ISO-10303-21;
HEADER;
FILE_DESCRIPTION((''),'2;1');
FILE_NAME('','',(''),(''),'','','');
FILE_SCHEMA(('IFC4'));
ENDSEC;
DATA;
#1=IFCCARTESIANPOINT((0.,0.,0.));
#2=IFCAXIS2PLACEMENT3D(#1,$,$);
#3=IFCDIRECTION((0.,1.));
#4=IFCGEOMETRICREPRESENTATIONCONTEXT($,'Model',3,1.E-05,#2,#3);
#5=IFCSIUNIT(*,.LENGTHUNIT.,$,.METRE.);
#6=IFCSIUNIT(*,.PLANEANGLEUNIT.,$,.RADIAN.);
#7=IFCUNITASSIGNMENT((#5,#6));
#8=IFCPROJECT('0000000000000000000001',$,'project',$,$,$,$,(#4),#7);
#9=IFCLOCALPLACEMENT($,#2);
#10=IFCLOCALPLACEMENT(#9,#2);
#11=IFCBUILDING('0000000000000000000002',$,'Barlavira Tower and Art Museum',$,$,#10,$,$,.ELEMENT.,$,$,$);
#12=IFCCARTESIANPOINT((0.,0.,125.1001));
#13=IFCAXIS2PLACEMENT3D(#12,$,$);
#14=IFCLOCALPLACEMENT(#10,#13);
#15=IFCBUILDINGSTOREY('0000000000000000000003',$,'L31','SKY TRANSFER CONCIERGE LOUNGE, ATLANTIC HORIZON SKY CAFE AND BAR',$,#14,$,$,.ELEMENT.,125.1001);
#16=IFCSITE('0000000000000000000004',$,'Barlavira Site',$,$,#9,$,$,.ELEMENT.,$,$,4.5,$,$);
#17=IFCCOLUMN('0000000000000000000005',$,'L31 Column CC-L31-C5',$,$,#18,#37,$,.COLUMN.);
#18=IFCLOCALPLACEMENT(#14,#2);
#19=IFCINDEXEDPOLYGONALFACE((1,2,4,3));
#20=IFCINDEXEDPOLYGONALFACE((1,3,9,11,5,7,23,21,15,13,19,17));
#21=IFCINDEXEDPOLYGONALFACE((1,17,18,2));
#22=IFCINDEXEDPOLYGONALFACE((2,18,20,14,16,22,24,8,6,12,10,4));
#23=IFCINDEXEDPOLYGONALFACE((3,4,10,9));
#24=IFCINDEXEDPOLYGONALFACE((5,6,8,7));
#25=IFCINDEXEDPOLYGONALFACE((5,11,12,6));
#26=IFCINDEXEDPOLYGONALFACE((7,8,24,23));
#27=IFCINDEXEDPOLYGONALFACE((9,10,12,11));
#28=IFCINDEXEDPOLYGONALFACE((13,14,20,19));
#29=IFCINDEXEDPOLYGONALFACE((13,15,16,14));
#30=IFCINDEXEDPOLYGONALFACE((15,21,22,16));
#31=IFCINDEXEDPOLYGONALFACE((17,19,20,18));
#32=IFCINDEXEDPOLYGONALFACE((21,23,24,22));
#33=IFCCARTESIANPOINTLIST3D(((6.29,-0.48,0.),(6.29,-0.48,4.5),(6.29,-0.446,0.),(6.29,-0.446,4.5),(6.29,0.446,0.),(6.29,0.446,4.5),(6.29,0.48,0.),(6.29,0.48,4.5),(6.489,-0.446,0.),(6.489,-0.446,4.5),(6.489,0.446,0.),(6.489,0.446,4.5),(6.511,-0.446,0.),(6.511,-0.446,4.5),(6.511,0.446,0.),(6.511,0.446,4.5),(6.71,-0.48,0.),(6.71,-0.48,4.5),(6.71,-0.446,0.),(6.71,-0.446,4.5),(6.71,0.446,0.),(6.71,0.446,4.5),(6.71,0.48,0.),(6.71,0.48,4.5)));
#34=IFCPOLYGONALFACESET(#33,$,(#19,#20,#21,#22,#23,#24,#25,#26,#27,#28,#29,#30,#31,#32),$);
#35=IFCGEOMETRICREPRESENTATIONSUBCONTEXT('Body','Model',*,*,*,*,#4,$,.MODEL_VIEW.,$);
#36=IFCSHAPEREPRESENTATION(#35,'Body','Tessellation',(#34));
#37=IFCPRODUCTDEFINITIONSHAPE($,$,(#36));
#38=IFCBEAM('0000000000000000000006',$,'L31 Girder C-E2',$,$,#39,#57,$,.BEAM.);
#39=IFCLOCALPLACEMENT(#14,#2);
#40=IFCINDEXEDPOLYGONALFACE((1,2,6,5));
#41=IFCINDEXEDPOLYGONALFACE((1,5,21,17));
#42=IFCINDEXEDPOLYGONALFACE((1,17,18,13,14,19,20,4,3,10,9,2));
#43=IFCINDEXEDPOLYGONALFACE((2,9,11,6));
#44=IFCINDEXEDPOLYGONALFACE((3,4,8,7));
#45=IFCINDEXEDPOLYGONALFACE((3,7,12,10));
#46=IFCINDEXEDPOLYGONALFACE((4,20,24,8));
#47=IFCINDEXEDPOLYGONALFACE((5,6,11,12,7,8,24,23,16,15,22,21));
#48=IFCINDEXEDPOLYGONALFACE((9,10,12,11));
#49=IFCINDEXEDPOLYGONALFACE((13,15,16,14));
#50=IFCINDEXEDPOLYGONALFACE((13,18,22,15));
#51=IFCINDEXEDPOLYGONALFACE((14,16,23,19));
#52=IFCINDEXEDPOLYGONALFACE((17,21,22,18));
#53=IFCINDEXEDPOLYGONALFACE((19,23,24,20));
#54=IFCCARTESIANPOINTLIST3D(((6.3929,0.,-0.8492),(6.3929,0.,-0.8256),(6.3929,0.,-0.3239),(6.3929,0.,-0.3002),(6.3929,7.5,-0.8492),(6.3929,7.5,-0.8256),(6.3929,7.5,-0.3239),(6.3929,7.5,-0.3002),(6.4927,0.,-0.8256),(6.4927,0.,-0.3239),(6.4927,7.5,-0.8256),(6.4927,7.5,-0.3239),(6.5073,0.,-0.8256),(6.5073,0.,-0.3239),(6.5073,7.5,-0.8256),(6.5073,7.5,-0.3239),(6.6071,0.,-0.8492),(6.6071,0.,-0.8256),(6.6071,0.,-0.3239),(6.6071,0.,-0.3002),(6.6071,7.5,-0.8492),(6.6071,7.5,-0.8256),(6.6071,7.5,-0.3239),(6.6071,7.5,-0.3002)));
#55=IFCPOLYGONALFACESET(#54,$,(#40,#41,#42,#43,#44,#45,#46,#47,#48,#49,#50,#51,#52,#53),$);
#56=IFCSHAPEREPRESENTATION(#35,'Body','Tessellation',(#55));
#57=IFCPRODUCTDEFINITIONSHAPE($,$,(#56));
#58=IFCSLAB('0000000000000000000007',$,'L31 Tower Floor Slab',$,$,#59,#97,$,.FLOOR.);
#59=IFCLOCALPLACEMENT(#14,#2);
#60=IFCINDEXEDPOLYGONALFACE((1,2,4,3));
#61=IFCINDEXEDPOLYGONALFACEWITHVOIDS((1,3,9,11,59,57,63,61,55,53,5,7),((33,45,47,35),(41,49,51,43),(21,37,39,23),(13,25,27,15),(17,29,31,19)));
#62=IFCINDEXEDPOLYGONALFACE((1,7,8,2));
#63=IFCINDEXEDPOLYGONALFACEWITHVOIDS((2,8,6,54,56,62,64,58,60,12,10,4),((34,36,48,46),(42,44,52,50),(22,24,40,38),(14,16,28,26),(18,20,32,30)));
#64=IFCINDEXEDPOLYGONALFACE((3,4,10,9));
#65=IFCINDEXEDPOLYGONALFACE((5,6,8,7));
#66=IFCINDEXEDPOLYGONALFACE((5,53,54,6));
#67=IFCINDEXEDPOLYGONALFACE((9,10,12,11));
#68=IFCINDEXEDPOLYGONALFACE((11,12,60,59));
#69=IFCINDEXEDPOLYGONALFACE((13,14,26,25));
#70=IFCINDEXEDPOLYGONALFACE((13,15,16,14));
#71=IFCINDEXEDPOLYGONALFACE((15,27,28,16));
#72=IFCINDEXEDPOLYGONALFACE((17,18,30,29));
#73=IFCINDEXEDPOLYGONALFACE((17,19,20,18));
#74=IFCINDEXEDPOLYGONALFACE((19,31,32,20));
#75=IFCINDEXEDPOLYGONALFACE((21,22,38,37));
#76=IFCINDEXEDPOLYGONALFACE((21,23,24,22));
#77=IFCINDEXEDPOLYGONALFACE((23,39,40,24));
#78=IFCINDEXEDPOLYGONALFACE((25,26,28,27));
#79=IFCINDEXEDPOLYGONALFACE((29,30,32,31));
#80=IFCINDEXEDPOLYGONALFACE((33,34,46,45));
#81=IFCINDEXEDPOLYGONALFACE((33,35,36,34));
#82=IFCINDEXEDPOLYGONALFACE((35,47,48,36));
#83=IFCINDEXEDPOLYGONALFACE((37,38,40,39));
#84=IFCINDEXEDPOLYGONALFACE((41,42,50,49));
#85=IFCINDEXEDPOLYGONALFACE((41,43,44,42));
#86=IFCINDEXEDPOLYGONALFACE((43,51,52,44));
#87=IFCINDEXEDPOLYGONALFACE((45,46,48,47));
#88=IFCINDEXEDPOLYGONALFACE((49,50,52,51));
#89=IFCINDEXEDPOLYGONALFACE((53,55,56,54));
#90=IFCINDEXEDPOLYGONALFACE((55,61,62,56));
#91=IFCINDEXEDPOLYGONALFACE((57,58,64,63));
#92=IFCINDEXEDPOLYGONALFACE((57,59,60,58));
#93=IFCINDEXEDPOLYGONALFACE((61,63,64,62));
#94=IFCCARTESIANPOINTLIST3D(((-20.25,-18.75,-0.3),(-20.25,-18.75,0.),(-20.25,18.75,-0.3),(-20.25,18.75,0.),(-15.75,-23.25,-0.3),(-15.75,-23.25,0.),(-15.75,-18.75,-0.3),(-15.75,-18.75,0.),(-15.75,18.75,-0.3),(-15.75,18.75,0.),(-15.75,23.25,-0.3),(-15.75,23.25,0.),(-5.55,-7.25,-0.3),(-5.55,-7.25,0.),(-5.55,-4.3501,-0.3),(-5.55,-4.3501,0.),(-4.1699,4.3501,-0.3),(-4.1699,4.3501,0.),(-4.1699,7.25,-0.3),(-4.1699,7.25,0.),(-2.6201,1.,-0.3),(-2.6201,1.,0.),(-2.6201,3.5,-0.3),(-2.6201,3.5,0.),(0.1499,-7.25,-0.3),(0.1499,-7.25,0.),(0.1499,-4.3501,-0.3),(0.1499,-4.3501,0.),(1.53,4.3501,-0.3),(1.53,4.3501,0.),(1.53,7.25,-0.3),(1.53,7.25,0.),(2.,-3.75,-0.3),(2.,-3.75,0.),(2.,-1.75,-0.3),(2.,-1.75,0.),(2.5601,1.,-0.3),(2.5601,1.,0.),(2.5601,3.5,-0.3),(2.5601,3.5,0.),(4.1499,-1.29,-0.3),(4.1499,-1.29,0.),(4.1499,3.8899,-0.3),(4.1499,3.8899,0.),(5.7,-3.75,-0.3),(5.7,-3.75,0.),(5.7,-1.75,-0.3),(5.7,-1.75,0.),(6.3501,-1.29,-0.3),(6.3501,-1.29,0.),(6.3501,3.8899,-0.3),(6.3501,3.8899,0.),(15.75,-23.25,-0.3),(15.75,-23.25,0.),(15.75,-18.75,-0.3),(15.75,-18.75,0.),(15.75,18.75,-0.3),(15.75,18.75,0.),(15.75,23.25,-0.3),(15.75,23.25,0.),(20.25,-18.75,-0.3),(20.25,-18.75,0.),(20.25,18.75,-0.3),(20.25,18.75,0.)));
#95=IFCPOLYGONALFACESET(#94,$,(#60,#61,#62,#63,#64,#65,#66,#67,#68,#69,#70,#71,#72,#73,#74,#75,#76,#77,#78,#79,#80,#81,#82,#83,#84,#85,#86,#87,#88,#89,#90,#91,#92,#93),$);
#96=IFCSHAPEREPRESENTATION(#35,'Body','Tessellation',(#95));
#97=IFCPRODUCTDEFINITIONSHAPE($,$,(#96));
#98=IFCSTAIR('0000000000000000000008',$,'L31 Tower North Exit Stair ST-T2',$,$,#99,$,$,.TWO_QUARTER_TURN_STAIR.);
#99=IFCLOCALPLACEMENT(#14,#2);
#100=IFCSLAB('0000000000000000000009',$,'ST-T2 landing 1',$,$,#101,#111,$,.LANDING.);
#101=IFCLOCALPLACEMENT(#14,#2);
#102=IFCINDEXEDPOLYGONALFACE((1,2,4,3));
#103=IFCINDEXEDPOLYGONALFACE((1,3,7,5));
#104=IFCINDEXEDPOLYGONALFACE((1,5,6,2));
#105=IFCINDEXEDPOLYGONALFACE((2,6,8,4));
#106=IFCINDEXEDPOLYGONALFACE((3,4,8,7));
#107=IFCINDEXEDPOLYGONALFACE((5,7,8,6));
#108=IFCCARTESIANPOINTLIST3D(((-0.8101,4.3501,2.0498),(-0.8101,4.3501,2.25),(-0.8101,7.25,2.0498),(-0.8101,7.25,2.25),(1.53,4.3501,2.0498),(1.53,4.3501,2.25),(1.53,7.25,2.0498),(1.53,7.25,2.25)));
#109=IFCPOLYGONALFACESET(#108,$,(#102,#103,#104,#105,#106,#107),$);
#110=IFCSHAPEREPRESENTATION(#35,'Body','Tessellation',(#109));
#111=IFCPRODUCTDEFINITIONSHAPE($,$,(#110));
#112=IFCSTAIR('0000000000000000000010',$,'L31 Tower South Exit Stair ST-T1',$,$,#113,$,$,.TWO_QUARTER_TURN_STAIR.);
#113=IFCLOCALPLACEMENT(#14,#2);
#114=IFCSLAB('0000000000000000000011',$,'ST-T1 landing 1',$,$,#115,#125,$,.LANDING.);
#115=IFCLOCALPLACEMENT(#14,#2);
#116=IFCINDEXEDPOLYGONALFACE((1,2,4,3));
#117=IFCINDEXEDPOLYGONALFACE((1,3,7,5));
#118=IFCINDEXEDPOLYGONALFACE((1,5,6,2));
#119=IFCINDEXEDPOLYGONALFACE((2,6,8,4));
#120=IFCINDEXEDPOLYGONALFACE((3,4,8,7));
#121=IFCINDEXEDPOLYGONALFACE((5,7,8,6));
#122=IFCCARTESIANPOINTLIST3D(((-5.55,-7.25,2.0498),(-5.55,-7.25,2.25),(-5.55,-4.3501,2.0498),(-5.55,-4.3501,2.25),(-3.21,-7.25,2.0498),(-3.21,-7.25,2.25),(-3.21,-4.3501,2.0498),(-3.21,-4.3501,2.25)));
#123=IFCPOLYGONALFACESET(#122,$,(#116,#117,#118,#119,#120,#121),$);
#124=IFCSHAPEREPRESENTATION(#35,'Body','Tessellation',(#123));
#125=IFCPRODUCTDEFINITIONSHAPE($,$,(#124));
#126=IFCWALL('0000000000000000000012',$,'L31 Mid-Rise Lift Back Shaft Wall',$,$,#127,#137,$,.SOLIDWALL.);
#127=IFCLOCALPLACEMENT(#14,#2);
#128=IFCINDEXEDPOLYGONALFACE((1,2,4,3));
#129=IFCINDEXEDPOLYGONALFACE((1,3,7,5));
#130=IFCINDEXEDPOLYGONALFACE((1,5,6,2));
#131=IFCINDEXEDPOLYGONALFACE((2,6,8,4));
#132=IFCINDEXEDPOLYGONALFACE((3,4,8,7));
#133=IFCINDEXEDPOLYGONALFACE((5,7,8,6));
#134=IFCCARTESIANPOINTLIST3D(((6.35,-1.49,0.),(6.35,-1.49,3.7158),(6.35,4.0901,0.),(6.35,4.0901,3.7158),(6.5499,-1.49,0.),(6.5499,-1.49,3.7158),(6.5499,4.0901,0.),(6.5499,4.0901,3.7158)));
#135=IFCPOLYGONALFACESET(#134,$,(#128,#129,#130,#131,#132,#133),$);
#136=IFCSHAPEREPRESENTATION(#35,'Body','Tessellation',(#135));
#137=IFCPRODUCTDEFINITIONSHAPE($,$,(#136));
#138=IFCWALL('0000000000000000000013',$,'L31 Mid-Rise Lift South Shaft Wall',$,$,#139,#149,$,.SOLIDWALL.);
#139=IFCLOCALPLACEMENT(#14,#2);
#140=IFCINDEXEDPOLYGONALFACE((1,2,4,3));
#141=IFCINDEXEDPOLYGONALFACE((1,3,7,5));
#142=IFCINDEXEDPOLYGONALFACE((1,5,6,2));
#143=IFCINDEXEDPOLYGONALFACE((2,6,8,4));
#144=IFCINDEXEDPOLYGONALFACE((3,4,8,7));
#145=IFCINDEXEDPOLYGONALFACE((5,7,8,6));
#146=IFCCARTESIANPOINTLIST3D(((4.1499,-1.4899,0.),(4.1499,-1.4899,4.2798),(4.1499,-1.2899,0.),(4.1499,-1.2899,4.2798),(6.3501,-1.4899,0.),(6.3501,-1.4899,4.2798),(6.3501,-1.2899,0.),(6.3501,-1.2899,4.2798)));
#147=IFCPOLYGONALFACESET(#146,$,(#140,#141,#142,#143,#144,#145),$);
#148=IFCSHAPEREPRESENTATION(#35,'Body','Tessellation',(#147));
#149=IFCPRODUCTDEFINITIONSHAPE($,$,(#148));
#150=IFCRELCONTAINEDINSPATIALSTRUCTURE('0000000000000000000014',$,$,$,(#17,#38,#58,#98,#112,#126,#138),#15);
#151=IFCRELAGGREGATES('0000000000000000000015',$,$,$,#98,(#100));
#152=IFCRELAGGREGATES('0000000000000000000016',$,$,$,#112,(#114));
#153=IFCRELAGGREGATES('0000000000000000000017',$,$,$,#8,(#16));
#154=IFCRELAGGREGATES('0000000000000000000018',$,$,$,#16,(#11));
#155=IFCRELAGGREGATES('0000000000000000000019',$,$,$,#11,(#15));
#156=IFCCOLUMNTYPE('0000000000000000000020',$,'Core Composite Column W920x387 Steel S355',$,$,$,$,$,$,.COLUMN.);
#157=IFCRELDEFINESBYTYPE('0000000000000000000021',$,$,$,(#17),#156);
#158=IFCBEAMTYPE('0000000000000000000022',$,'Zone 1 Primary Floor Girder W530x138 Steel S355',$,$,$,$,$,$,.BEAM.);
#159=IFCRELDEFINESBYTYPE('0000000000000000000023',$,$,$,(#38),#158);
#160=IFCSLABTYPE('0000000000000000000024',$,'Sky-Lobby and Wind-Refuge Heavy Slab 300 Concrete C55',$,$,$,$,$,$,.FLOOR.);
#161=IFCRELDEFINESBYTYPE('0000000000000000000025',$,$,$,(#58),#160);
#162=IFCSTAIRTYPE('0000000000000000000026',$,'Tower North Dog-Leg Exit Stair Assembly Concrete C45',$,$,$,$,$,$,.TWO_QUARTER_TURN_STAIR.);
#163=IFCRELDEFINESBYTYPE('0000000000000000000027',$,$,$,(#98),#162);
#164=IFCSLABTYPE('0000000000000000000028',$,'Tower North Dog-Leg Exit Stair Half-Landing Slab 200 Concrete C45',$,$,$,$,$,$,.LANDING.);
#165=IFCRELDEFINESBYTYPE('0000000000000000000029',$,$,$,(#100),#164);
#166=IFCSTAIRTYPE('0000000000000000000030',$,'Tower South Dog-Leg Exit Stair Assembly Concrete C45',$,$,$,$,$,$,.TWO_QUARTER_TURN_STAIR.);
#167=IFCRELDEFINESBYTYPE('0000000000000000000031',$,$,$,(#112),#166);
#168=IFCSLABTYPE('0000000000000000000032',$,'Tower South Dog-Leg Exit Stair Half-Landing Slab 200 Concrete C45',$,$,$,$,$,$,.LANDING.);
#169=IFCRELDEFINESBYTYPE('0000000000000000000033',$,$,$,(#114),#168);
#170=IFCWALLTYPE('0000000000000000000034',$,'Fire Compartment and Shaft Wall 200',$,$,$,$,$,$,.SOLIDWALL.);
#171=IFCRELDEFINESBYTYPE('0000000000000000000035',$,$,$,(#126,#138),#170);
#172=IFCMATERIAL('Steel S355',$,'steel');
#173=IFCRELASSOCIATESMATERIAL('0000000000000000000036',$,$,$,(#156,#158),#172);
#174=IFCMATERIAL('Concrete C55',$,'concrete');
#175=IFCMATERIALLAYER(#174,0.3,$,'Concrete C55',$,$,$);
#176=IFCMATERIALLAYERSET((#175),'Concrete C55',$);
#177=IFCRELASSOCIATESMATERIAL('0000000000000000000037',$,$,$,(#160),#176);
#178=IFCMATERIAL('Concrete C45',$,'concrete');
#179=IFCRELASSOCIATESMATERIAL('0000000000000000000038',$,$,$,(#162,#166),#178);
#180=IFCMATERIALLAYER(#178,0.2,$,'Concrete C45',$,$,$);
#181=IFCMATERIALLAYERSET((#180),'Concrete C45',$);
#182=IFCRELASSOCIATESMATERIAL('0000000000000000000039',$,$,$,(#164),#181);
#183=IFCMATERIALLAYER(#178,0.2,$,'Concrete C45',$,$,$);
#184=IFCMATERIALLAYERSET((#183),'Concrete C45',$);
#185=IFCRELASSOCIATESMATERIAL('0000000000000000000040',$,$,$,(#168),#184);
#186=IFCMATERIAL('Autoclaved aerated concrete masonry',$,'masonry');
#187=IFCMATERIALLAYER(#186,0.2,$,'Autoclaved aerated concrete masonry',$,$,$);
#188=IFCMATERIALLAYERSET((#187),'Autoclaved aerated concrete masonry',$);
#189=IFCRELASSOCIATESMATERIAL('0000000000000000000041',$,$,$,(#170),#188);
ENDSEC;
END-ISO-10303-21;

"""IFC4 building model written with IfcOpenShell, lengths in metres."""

from ifc_helpers import new_model, si_unit, direction, frame, frame_2d, origin, origin_2d, place, context, subcontext, project, spatial, polyline, rectangle, i_section, outline, extrude, material, layer, layer_set, material_profile, profile_set, type_object, element, aggregate, save


model = new_model("IFC4")

# Units and contexts
model_context = context("Model", 3, precision=1e-05, world=origin(), true_north=direction((0.0, 1.0)))
body_context = subcontext(model_context, "Body", "Model", "MODEL_VIEW")
ifc_project = project(units=[si_unit("LENGTHUNIT", "METRE"), si_unit("PLANEANGLEUNIT", "RADIAN")], contexts=[model_context])

# Site, building, storey
site_placement = place(None, origin())
site = spatial("IfcSite", under=ifc_project, at=site_placement, Name="Barlavira Site", CompositionType="ELEMENT", RefElevation=4.5)
building_placement = place(site_placement, origin())
building = spatial("IfcBuilding", under=site, at=building_placement, Name="Barlavira Tower and Art Museum", CompositionType="ELEMENT")
storey_placement = place(building_placement, frame((0.0, 0.0, 125.1001)))
storey = spatial("IfcBuildingStorey", under=building, at=storey_placement, Name="L31", Description="SKY TRANSFER CONCIERGE LOUNGE, ATLANTIC HORIZON SKY CAFE AND BAR", CompositionType="ELEMENT", Elevation=125.1001)

# Column
ifc_material_1 = material(Name="Steel S355", Category="steel")
ifc_material_profile_1 = material_profile(ifc_material_1, i_section(OverallWidth=0.4199, OverallDepth=0.96, WebThickness=0.022, FlangeThickness=0.0339, at=origin_2d()), Name="W920x387.0")
ifc_profile_set_1 = profile_set([ifc_material_profile_1], Name="Steel S355")
column_type = type_object("IfcColumnType", Name="Core Composite Column W920x387 Steel S355", PredefinedType="COLUMN", material=ifc_profile_set_1)
column_placement = place(storey_placement, frame((6.5, 0.0, 0.0), z_axis=(0.0, 0.0, 1.0), x_axis=(1.0, 0.0, 0.0)))
element("IfcColumn", 1, at=column_placement, inside=storey, type_object=column_type, Name="L31 Column CC-L31-C5", PredefinedType="COLUMN", context=body_context, shape_type="SweptSolid", body=[
    extrude(i_section(OverallWidth=0.4199, OverallDepth=0.96, WebThickness=0.022, FlangeThickness=0.0339, at=origin_2d()), origin(), (0.0, 0.0, 1.0), 4.5),
])

# Beam
ifc_material_profile_2 = material_profile(ifc_material_1, i_section(OverallWidth=0.2141, OverallDepth=0.5491, WebThickness=0.0146, FlangeThickness=0.0237, at=origin_2d()), Name="W530x138.0")
ifc_profile_set_2 = profile_set([ifc_material_profile_2], Name="Steel S355")
beam_type = type_object("IfcBeamType", Name="Zone 1 Primary Floor Girder W530x138 Steel S355", PredefinedType="BEAM", material=ifc_profile_set_2)
beam_placement = place(storey_placement, frame((6.5, 0.0, -0.5747), z_axis=(0.0, 1.0, 0.0), x_axis=(-1.0, 0.0, 0.0)))
element("IfcBeam", 2, at=beam_placement, inside=storey, type_object=beam_type, Name="L31 Girder C-E2", PredefinedType="BEAM", context=body_context, shape_type="SweptSolid", body=[
    extrude(i_section(OverallWidth=0.2141, OverallDepth=0.5491, WebThickness=0.0146, FlangeThickness=0.0237, at=origin_2d()), origin(), (0.0, 0.0, 1.0), 7.5),
])

# Slab
ifc_material_2 = material(Name="Concrete C55", Category="concrete")
ifc_layer_1 = layer(ifc_material_2, 0.3, Name="Concrete C55")
ifc_layer_set_1 = layer_set([ifc_layer_1], Name="Concrete C55")
slab_type_1 = type_object("IfcSlabType", Name="Sky-Lobby and Wind-Refuge Heavy Slab 300 Concrete C55", PredefinedType="FLOOR", material=ifc_layer_set_1)
slab_1_placement = place(storey_placement, frame((0.0, 0.0, -0.3)))
element("IfcSlab", 3, at=slab_1_placement, inside=storey, type_object=slab_type_1, Name="L31 Tower Floor Slab", PredefinedType="FLOOR", context=body_context, shape_type="SweptSolid", body=[
    extrude(outline(polyline([(-15.75, -23.25), (15.75, -23.25), (15.75, -18.75), (20.25, -18.75), (20.25, 18.75), (15.75, 18.75), (15.75, 23.25), (-15.75, 23.25), (-15.75, 18.75), (-20.25, 18.75), (-20.25, -18.75), (-15.75, -18.75), (-15.75, -23.25)]), holes=[polyline([(0.1499, -4.3501), (-5.55, -4.3501), (-5.55, -7.25), (0.1499, -7.25), (0.1499, -4.3501)]), polyline([(-4.1699, 4.3501), (1.53, 4.3501), (1.53, 7.25), (-4.1699, 7.25), (-4.1699, 4.3501)]), polyline([(4.1499, -1.29), (6.3501, -1.29), (6.3501, 3.8899), (4.1499, 3.8899), (4.1499, -1.29)]), polyline([(-2.6201, 1.0), (2.5601, 1.0), (2.5601, 3.5), (-2.6201, 3.5), (-2.6201, 1.0)]), polyline([(2.0, -3.75), (5.7, -3.75), (5.7, -1.75), (2.0, -1.75), (2.0, -3.75)])]), origin(), (0.0, 0.0, 1.0), 0.3),
])

# Stairs, slabs
ifc_material_3 = material(Name="Concrete C45", Category="concrete")
stair_type_1 = type_object("IfcStairType", Name="Tower North Dog-Leg Exit Stair Assembly Concrete C45", PredefinedType="TWO_QUARTER_TURN_STAIR", material=ifc_material_3)
stair_1_placement = place(storey_placement, origin())
stair_1 = element("IfcStair", 4, at=stair_1_placement, inside=storey, type_object=stair_type_1, Name="L31 Tower North Exit Stair ST-T2", PredefinedType="TWO_QUARTER_TURN_STAIR")
ifc_layer_2 = layer(ifc_material_3, 0.2, Name="Concrete C45")
ifc_layer_set_2 = layer_set([ifc_layer_2], Name="Concrete C45")
slab_type_2 = type_object("IfcSlabType", Name="Tower North Dog-Leg Exit Stair Half-Landing Slab 200 Concrete C45", PredefinedType="LANDING", material=ifc_layer_set_2)
slab_2_placement = place(storey_placement, frame((0.0, 0.0, 2.0498)))
slab_2 = element("IfcSlab", 5, at=slab_2_placement, type_object=slab_type_2, Name="ST-T2 landing 1", PredefinedType="LANDING", context=body_context, shape_type="SweptSolid", body=[
    extrude(outline(polyline([(-0.8101, 4.3501), (1.53, 4.3501), (1.53, 7.25), (-0.8101, 7.25), (-0.8101, 4.3501)])), origin(), (0.0, 0.0, 1.0), 0.2002),
])
aggregate(stair_1, [slab_2])
stair_type_2 = type_object("IfcStairType", Name="Tower South Dog-Leg Exit Stair Assembly Concrete C45", PredefinedType="TWO_QUARTER_TURN_STAIR", material=ifc_material_3)
stair_2_placement = place(storey_placement, origin())
stair_2 = element("IfcStair", 6, at=stair_2_placement, inside=storey, type_object=stair_type_2, Name="L31 Tower South Exit Stair ST-T1", PredefinedType="TWO_QUARTER_TURN_STAIR")
ifc_layer_3 = layer(ifc_material_3, 0.2, Name="Concrete C45")
ifc_layer_set_3 = layer_set([ifc_layer_3], Name="Concrete C45")
slab_type_3 = type_object("IfcSlabType", Name="Tower South Dog-Leg Exit Stair Half-Landing Slab 200 Concrete C45", PredefinedType="LANDING", material=ifc_layer_set_3)
slab_3_placement = place(storey_placement, frame((0.0, 0.0, 2.0498)))
slab_3 = element("IfcSlab", 7, at=slab_3_placement, type_object=slab_type_3, Name="ST-T1 landing 1", PredefinedType="LANDING", context=body_context, shape_type="SweptSolid", body=[
    extrude(outline(polyline([(-3.21, -4.3501), (-5.55, -4.3501), (-5.55, -7.25), (-3.21, -7.25), (-3.21, -4.3501)])), origin(), (0.0, 0.0, 1.0), 0.2002),
])

# Shared definitions
ifc_material_4 = material(Name="Autoclaved aerated concrete masonry", Category="masonry")
ifc_layer_4 = layer(ifc_material_4, 0.2, Name="Autoclaved aerated concrete masonry")
ifc_layer_set_4 = layer_set([ifc_layer_4], Name="Autoclaved aerated concrete masonry")
wall_type_1 = type_object("IfcWallType", Name="Fire Compartment and Shaft Wall 200", PredefinedType="SOLIDWALL", material=ifc_layer_set_4)

# Walls
wall_1_placement = place(storey_placement, frame((6.45, -1.49, 0.0), z_axis=(0.0, 0.0, 1.0), x_axis=(0.0, 1.0, 0.0)))
element("IfcWall", 8, at=wall_1_placement, inside=storey, type_object=wall_type_1, Name="L31 Mid-Rise Lift Back Shaft Wall", PredefinedType="SOLIDWALL", context=body_context, shape_type="SweptSolid", body=[
    extrude(rectangle(XDim=5.5801, YDim=0.2, at=frame_2d((2.79, 0.0))), origin(), (0.0, 0.0, 1.0), 3.7158),
])
wall_2_placement = place(storey_placement, frame((4.1499, -1.3899, 0.0), z_axis=(0.0, 0.0, 1.0), x_axis=(1.0, 0.0, 0.0)))
element("IfcWall", 9, at=wall_2_placement, inside=storey, type_object=wall_type_1, Name="L31 Mid-Rise Lift South Shaft Wall", PredefinedType="SOLIDWALL", context=body_context, shape_type="SweptSolid", body=[
    extrude(rectangle(XDim=2.2002, YDim=0.2, at=frame_2d((1.1001, 0.0))), origin(), (0.0, 0.0, 1.0), 4.2798),
])

aggregate(stair_2, [slab_3])

save(model, "model.ifc")
